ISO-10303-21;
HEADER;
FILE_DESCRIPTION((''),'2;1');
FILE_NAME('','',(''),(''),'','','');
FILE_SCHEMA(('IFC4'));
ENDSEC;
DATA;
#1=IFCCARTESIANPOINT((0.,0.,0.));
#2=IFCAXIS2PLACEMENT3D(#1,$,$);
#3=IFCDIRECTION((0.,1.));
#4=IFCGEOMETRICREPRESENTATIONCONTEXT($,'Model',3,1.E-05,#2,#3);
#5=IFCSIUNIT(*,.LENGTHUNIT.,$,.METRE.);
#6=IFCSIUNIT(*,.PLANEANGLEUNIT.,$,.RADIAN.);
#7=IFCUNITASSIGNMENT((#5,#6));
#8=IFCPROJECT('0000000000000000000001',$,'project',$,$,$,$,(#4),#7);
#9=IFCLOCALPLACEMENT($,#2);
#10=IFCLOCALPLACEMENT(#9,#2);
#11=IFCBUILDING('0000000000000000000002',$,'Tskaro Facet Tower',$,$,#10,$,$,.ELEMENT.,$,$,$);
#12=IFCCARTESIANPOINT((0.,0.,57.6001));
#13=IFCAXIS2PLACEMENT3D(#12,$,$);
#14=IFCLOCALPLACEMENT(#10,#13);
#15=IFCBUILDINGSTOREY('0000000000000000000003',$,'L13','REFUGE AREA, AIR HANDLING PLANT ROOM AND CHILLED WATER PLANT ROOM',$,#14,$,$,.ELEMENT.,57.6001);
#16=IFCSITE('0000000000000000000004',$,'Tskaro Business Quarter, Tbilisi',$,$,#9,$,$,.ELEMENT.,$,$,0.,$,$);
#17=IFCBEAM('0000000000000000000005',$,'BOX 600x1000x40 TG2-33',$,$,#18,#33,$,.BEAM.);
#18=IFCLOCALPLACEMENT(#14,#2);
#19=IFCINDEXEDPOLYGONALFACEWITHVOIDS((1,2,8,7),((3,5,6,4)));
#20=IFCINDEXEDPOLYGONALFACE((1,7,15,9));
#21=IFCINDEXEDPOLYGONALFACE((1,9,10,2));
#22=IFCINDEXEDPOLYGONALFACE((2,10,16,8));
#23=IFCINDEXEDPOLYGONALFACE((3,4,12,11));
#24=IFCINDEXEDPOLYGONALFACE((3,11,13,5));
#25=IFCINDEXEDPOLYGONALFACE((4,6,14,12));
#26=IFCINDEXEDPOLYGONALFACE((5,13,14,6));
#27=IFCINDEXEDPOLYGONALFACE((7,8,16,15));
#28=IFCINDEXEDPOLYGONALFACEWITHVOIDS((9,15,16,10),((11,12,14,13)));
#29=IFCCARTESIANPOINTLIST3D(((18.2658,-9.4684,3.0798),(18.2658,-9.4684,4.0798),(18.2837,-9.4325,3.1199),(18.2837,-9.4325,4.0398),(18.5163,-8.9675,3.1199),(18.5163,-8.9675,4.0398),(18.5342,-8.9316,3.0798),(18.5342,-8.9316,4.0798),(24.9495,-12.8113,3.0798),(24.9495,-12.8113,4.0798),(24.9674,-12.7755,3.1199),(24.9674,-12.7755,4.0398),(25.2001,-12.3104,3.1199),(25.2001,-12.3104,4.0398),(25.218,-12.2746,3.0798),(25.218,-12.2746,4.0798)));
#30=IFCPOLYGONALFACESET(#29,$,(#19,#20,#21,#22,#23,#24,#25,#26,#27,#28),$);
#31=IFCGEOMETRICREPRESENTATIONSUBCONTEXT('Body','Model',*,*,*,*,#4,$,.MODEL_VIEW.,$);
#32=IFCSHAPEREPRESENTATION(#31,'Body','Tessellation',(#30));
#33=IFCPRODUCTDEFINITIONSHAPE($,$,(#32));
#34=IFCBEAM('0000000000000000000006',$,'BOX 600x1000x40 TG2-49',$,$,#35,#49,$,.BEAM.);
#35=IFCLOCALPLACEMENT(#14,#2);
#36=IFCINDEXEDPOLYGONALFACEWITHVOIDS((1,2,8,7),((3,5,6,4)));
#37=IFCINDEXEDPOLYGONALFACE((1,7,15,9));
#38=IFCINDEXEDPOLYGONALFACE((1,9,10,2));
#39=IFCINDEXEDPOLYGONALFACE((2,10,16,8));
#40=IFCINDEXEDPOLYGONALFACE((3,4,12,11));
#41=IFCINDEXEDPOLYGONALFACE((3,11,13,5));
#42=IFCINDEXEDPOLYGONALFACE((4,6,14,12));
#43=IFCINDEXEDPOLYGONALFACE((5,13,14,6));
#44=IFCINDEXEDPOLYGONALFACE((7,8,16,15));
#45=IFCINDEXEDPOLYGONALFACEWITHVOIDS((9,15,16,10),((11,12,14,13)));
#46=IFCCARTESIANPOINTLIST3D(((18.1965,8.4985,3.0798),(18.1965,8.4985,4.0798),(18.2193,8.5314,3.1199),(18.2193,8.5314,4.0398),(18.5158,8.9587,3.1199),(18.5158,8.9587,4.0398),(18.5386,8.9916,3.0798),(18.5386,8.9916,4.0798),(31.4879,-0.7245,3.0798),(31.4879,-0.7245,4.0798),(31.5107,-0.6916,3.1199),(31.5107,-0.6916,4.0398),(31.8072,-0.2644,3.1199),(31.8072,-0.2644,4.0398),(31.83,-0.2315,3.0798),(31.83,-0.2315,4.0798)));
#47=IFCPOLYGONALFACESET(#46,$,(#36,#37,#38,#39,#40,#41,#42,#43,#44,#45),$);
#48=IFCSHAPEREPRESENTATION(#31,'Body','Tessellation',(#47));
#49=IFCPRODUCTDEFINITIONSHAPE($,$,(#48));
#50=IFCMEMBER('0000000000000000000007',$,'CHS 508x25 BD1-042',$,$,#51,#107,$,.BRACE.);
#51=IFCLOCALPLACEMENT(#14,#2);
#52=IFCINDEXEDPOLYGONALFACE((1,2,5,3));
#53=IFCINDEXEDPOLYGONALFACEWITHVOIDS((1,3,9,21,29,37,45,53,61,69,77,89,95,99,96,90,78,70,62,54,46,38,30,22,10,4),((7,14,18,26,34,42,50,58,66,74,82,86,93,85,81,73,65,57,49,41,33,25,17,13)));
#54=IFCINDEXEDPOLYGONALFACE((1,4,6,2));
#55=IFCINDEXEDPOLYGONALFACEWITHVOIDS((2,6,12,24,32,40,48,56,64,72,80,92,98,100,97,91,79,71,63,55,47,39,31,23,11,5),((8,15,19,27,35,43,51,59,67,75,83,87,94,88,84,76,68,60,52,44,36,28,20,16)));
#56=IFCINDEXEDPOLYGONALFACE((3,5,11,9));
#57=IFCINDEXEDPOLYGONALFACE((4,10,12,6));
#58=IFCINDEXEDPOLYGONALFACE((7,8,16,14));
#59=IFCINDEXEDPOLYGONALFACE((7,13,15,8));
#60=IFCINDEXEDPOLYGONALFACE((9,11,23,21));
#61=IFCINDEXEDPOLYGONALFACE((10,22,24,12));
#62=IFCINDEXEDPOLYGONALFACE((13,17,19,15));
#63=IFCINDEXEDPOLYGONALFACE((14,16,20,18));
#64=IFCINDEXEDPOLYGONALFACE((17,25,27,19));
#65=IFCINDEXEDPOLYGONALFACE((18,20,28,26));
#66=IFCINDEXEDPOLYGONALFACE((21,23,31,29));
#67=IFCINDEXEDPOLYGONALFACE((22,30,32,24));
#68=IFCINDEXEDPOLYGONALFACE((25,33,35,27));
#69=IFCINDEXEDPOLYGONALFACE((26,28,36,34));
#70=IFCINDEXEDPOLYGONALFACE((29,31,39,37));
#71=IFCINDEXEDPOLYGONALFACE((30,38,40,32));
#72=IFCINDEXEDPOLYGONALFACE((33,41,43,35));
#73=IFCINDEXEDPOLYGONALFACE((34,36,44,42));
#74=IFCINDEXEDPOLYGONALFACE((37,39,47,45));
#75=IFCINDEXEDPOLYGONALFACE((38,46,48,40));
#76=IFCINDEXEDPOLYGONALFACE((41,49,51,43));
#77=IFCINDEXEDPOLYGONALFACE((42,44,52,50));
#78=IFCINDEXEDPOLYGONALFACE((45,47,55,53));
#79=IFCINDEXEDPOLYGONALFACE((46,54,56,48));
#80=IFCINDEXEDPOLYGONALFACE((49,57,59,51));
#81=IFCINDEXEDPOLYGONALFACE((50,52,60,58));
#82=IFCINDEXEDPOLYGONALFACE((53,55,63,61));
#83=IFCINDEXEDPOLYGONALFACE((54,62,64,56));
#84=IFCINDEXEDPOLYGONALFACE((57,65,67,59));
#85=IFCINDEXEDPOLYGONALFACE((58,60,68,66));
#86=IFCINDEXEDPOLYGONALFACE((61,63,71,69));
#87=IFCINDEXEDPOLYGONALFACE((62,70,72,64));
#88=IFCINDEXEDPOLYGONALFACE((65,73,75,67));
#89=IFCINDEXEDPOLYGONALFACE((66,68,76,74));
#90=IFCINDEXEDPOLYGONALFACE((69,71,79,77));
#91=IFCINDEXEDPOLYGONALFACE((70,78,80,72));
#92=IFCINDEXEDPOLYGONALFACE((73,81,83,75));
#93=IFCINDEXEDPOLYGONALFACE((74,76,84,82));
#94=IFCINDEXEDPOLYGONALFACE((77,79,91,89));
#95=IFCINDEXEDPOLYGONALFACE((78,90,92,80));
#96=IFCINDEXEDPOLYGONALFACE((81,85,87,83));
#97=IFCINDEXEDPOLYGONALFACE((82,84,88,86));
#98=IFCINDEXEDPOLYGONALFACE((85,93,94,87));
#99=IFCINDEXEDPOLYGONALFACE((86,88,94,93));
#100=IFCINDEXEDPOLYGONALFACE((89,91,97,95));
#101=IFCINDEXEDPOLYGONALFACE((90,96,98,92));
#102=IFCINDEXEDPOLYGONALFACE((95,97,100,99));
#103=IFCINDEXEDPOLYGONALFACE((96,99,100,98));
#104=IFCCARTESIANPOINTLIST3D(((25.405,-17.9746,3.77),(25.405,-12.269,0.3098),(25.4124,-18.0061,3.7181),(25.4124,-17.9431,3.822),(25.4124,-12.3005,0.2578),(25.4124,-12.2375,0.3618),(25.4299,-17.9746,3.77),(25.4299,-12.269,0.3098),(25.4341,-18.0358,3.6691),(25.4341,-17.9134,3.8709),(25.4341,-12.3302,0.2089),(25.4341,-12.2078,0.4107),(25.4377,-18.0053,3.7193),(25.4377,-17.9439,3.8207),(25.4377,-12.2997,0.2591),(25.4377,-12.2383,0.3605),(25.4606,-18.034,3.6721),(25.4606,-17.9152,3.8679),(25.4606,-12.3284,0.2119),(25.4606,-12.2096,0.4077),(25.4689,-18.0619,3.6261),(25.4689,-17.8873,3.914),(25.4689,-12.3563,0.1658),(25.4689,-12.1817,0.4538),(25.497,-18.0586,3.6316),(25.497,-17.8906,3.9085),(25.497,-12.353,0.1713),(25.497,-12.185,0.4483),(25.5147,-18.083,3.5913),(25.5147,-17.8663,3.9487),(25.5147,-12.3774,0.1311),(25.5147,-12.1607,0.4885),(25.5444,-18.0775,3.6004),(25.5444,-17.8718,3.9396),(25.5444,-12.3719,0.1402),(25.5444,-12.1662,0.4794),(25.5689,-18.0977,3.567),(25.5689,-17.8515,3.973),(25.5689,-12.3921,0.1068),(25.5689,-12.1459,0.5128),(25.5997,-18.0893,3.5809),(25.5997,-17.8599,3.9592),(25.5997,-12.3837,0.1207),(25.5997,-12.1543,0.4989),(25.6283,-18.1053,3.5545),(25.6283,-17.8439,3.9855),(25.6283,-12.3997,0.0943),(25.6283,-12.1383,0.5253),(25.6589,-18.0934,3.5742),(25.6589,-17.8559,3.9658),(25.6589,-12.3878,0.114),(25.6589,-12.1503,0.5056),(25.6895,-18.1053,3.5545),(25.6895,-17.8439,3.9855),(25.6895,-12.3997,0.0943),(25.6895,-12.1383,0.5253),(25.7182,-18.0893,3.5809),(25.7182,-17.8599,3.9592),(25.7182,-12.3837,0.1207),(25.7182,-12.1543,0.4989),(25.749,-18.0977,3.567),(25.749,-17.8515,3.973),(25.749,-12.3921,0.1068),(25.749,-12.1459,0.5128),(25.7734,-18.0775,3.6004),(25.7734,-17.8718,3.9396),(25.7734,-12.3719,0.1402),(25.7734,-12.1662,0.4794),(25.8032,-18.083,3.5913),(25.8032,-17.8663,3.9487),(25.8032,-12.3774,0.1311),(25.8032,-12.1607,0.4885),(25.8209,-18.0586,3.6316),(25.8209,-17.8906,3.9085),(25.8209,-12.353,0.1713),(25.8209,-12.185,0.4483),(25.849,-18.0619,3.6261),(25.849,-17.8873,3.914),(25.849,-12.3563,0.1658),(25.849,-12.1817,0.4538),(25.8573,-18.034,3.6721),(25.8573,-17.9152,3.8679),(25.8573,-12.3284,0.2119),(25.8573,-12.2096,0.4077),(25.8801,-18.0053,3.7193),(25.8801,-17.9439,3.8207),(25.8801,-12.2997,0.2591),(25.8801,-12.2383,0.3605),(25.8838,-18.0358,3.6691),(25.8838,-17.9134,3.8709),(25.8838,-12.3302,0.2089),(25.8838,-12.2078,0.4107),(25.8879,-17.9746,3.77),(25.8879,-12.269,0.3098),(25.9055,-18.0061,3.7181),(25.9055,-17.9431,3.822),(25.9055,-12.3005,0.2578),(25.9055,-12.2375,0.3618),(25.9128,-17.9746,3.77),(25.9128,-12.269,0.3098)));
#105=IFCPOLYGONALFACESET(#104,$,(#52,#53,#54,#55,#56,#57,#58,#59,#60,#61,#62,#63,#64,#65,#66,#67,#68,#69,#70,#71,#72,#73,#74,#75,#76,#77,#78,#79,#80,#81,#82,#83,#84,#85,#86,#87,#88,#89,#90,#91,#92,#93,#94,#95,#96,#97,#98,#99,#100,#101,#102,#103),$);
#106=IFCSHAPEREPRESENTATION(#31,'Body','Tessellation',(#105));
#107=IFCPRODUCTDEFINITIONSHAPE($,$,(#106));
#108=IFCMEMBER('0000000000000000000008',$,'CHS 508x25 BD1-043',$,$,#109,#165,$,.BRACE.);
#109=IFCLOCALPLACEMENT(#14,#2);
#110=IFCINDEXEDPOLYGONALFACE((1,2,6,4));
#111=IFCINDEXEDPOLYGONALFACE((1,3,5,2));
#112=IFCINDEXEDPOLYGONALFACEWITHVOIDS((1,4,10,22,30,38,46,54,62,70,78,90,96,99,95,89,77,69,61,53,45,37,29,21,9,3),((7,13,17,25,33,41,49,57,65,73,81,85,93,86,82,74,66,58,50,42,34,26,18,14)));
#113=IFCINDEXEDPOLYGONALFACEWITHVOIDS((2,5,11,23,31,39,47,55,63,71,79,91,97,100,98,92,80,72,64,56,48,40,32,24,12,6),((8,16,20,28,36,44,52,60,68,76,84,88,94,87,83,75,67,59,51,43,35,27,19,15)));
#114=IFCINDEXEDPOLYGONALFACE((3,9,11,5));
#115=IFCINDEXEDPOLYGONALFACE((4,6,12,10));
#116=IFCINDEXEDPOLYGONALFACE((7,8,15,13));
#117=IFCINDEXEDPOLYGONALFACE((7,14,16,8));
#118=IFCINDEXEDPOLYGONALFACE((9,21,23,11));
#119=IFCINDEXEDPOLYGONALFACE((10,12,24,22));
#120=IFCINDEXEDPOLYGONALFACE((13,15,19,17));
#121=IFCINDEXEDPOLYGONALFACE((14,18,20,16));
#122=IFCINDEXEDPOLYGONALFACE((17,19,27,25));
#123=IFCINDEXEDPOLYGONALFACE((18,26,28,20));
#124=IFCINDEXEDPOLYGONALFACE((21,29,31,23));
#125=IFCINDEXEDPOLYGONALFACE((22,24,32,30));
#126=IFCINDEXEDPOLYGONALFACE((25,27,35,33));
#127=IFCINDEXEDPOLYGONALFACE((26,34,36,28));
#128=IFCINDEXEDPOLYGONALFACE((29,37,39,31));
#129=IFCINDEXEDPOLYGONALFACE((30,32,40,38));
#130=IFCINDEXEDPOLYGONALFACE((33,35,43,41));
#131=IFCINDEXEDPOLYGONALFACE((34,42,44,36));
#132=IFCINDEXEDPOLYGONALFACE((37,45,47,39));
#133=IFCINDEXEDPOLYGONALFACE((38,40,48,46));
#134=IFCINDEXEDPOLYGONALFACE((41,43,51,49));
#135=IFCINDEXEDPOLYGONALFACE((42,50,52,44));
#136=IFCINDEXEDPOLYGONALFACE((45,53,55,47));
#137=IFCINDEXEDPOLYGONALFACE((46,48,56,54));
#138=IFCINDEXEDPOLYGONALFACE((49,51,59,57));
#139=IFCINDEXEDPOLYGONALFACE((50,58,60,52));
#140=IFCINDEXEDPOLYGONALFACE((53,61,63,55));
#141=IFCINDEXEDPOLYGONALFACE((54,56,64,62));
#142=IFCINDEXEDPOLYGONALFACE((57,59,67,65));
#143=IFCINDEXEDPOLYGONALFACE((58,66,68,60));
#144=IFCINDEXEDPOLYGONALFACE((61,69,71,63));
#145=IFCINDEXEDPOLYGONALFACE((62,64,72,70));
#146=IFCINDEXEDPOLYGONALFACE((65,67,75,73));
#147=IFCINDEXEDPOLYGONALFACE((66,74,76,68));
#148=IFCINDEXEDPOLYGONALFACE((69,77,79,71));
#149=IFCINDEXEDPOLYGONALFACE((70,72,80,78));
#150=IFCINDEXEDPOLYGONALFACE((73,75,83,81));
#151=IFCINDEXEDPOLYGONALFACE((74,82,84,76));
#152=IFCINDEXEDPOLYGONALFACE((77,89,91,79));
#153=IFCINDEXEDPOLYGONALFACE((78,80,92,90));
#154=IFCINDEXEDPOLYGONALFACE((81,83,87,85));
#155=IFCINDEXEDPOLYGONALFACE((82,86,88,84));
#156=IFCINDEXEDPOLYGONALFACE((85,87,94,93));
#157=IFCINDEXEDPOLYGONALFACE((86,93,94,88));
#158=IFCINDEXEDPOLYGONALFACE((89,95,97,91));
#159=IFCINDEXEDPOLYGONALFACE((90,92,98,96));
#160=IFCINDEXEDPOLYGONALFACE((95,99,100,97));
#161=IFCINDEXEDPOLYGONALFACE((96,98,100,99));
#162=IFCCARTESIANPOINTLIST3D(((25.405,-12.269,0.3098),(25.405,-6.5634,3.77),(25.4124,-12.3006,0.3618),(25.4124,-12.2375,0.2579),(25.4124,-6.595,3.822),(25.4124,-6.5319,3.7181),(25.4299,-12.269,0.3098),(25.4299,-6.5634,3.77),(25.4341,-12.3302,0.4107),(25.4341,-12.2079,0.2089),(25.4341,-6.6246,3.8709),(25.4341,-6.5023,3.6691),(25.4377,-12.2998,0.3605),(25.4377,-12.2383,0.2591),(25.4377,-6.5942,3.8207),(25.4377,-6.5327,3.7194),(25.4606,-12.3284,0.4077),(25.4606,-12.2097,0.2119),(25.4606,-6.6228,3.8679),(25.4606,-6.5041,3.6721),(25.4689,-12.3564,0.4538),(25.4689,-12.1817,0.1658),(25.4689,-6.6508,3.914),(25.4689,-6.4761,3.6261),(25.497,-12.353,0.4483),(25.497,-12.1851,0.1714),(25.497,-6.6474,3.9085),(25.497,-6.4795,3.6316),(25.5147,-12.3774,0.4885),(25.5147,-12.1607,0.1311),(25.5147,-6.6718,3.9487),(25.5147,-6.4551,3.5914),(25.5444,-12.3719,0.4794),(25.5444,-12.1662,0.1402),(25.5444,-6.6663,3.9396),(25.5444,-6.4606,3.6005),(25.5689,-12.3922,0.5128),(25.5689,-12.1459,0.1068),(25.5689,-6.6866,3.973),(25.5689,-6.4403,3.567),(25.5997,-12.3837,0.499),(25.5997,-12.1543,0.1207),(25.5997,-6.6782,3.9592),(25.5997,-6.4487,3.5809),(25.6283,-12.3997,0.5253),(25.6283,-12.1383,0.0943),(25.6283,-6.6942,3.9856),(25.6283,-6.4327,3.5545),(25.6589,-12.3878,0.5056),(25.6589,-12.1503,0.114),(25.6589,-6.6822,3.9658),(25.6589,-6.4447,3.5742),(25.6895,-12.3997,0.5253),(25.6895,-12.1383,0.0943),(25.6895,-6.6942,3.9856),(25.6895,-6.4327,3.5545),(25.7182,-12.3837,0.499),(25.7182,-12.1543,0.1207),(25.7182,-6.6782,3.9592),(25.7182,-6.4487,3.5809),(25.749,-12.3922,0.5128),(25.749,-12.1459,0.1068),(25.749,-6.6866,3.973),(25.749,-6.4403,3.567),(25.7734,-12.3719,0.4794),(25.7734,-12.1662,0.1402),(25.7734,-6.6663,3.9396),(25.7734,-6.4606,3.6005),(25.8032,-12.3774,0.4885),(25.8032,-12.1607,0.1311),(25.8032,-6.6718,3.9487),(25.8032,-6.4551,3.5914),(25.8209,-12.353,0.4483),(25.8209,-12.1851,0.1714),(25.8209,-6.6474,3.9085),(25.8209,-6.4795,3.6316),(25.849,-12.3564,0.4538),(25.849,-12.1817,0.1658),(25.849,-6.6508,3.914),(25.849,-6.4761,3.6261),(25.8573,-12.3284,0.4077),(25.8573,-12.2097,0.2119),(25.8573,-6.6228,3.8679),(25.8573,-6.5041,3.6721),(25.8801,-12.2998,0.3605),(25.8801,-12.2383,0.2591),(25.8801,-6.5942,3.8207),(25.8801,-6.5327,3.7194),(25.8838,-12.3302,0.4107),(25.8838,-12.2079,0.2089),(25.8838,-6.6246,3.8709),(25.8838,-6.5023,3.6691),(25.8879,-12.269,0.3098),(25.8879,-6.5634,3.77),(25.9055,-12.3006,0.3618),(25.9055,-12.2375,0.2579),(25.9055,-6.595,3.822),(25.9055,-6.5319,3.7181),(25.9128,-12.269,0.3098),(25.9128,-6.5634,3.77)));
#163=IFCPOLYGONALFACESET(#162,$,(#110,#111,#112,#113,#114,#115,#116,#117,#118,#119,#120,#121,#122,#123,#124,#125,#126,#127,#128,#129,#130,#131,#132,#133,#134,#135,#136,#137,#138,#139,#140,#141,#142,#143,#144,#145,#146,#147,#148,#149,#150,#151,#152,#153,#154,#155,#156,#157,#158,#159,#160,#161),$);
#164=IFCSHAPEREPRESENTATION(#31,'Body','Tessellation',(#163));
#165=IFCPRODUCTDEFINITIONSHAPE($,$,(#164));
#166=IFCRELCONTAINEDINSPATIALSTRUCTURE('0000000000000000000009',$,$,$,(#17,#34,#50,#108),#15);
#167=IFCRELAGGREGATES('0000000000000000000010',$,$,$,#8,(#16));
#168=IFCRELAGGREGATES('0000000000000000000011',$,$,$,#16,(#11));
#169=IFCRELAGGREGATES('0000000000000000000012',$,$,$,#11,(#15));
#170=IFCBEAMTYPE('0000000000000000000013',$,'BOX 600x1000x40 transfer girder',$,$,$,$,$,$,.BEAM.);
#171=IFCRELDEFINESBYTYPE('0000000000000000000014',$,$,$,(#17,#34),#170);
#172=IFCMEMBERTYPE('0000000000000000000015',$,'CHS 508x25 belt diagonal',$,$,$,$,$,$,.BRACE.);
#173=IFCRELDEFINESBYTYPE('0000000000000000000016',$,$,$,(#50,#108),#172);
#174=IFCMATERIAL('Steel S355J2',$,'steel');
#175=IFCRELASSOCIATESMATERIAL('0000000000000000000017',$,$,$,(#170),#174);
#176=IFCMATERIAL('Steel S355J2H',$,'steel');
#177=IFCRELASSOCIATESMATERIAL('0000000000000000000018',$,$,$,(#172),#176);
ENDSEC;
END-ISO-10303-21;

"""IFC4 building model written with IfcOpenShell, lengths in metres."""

from ifc_helpers import new_model, si_unit, direction, frame, origin, origin_2d, place, context, subcontext, project, spatial, hollow_rectangle, hollow_circle, extrude, material, material_profile, profile_set, type_object, element, save


model = new_model("IFC4")

# Units and contexts
model_context = context("Model", 3, precision=1e-05, world=origin(), true_north=direction((0.0, 1.0)))
body_context = subcontext(model_context, "Body", "Model", "MODEL_VIEW")
ifc_project = project(units=[si_unit("LENGTHUNIT", "METRE"), si_unit("PLANEANGLEUNIT", "RADIAN")], contexts=[model_context])

# Site, building, storey
site_placement = place(None, origin())
site = spatial("IfcSite", under=ifc_project, at=site_placement, Name="Tskaro Business Quarter, Tbilisi", CompositionType="ELEMENT", RefElevation=0.0)
building_placement = place(site_placement, origin())
building = spatial("IfcBuilding", under=site, at=building_placement, Name="Tskaro Facet Tower", CompositionType="ELEMENT")
storey_placement = place(building_placement, frame((0.0, 0.0, 57.6001)))
storey = spatial("IfcBuildingStorey", under=building, at=storey_placement, Name="L13", Description="REFUGE AREA, AIR HANDLING PLANT ROOM AND CHILLED WATER PLANT ROOM", CompositionType="ELEMENT", Elevation=57.6001)

# Shared definitions
ifc_material_1 = material(Name="Steel S355J2H", Category="steel")

# Beams
ifc_material_2 = material(Name="Steel S355J2", Category="steel")
ifc_material_profile_1 = material_profile(ifc_material_2, hollow_rectangle(XDim=0.6001, YDim=1.0, WallThickness=0.04, at=origin_2d()), Name="BOX 600x1000x40")
ifc_profile_set_1 = profile_set([ifc_material_profile_1], Name="Steel S355J2")
beam_type_1 = type_object("IfcBeamType", Name="BOX 600x1000x40 transfer girder", PredefinedType="BEAM", material=ifc_profile_set_1)
beam_1_placement = place(storey_placement, frame((25.0837, -12.543, 3.5798), z_axis=(-0.894368, 0.447331, 0.0), x_axis=(-0.447331, -0.894368, 0.0)))
element("IfcBeam", 1, at=beam_1_placement, inside=storey, type_object=beam_type_1, Name="BOX 600x1000x40 TG2-33", PredefinedType="BEAM", context=body_context, shape_type="SweptSolid", body=[
    extrude(hollow_rectangle(XDim=0.6001, YDim=1.0, WallThickness=0.04, at=origin_2d()), origin(), (0.0, 0.0, 1.0), 7.4731),
])
beam_2_placement = place(storey_placement, frame((31.6589, -0.478, 3.5798), z_axis=(-0.821575, 0.570101, 0.0), x_axis=(-0.570101, -0.821575, 0.0)))
element("IfcBeam", 2, at=beam_2_placement, inside=storey, type_object=beam_type_1, Name="BOX 600x1000x40 TG2-49", PredefinedType="BEAM", context=body_context, shape_type="SweptSolid", body=[
    extrude(hollow_rectangle(XDim=0.6001, YDim=1.0, WallThickness=0.04, at=origin_2d()), origin(), (0.0, 0.0, 1.0), 16.178),
])

# Members
ifc_material_profile_2 = material_profile(ifc_material_1, hollow_circle(Radius=0.2539, WallThickness=0.0249, at=origin_2d()), Name="CHS 508x25")
ifc_profile_set_2 = profile_set([ifc_material_profile_2], Name="Steel S355J2H")
member_type_1 = type_object("IfcMemberType", Name="CHS 508x25 belt diagonal", PredefinedType="BRACE", material=ifc_profile_set_2)
for number, where, z_axis, x_axis, name in (
    (3, (25.6589, -17.9746, 3.77), (0.0, 0.855046, -0.518552), (-1.0, 0.0, 0.0), "CHS 508x25 BD1-042"),
    (4, (25.6589, -12.269, 0.3098), (0.0, 0.855046, 0.518552), (-1.0, 0.0, 0.0), "CHS 508x25 BD1-043"),
):
    element("IfcMember", number, at=place(storey_placement, frame(where, z_axis=z_axis, x_axis=x_axis)), inside=storey, type_object=member_type_1, Name=name, PredefinedType="BRACE", context=body_context, shape_type="SweptSolid", body=[
        extrude(hollow_circle(Radius=0.2539, WallThickness=0.0249, at=origin_2d()), origin(), (0.0, 0.0, 1.0), 6.6729),
    ])

save(model, "model.ifc")
